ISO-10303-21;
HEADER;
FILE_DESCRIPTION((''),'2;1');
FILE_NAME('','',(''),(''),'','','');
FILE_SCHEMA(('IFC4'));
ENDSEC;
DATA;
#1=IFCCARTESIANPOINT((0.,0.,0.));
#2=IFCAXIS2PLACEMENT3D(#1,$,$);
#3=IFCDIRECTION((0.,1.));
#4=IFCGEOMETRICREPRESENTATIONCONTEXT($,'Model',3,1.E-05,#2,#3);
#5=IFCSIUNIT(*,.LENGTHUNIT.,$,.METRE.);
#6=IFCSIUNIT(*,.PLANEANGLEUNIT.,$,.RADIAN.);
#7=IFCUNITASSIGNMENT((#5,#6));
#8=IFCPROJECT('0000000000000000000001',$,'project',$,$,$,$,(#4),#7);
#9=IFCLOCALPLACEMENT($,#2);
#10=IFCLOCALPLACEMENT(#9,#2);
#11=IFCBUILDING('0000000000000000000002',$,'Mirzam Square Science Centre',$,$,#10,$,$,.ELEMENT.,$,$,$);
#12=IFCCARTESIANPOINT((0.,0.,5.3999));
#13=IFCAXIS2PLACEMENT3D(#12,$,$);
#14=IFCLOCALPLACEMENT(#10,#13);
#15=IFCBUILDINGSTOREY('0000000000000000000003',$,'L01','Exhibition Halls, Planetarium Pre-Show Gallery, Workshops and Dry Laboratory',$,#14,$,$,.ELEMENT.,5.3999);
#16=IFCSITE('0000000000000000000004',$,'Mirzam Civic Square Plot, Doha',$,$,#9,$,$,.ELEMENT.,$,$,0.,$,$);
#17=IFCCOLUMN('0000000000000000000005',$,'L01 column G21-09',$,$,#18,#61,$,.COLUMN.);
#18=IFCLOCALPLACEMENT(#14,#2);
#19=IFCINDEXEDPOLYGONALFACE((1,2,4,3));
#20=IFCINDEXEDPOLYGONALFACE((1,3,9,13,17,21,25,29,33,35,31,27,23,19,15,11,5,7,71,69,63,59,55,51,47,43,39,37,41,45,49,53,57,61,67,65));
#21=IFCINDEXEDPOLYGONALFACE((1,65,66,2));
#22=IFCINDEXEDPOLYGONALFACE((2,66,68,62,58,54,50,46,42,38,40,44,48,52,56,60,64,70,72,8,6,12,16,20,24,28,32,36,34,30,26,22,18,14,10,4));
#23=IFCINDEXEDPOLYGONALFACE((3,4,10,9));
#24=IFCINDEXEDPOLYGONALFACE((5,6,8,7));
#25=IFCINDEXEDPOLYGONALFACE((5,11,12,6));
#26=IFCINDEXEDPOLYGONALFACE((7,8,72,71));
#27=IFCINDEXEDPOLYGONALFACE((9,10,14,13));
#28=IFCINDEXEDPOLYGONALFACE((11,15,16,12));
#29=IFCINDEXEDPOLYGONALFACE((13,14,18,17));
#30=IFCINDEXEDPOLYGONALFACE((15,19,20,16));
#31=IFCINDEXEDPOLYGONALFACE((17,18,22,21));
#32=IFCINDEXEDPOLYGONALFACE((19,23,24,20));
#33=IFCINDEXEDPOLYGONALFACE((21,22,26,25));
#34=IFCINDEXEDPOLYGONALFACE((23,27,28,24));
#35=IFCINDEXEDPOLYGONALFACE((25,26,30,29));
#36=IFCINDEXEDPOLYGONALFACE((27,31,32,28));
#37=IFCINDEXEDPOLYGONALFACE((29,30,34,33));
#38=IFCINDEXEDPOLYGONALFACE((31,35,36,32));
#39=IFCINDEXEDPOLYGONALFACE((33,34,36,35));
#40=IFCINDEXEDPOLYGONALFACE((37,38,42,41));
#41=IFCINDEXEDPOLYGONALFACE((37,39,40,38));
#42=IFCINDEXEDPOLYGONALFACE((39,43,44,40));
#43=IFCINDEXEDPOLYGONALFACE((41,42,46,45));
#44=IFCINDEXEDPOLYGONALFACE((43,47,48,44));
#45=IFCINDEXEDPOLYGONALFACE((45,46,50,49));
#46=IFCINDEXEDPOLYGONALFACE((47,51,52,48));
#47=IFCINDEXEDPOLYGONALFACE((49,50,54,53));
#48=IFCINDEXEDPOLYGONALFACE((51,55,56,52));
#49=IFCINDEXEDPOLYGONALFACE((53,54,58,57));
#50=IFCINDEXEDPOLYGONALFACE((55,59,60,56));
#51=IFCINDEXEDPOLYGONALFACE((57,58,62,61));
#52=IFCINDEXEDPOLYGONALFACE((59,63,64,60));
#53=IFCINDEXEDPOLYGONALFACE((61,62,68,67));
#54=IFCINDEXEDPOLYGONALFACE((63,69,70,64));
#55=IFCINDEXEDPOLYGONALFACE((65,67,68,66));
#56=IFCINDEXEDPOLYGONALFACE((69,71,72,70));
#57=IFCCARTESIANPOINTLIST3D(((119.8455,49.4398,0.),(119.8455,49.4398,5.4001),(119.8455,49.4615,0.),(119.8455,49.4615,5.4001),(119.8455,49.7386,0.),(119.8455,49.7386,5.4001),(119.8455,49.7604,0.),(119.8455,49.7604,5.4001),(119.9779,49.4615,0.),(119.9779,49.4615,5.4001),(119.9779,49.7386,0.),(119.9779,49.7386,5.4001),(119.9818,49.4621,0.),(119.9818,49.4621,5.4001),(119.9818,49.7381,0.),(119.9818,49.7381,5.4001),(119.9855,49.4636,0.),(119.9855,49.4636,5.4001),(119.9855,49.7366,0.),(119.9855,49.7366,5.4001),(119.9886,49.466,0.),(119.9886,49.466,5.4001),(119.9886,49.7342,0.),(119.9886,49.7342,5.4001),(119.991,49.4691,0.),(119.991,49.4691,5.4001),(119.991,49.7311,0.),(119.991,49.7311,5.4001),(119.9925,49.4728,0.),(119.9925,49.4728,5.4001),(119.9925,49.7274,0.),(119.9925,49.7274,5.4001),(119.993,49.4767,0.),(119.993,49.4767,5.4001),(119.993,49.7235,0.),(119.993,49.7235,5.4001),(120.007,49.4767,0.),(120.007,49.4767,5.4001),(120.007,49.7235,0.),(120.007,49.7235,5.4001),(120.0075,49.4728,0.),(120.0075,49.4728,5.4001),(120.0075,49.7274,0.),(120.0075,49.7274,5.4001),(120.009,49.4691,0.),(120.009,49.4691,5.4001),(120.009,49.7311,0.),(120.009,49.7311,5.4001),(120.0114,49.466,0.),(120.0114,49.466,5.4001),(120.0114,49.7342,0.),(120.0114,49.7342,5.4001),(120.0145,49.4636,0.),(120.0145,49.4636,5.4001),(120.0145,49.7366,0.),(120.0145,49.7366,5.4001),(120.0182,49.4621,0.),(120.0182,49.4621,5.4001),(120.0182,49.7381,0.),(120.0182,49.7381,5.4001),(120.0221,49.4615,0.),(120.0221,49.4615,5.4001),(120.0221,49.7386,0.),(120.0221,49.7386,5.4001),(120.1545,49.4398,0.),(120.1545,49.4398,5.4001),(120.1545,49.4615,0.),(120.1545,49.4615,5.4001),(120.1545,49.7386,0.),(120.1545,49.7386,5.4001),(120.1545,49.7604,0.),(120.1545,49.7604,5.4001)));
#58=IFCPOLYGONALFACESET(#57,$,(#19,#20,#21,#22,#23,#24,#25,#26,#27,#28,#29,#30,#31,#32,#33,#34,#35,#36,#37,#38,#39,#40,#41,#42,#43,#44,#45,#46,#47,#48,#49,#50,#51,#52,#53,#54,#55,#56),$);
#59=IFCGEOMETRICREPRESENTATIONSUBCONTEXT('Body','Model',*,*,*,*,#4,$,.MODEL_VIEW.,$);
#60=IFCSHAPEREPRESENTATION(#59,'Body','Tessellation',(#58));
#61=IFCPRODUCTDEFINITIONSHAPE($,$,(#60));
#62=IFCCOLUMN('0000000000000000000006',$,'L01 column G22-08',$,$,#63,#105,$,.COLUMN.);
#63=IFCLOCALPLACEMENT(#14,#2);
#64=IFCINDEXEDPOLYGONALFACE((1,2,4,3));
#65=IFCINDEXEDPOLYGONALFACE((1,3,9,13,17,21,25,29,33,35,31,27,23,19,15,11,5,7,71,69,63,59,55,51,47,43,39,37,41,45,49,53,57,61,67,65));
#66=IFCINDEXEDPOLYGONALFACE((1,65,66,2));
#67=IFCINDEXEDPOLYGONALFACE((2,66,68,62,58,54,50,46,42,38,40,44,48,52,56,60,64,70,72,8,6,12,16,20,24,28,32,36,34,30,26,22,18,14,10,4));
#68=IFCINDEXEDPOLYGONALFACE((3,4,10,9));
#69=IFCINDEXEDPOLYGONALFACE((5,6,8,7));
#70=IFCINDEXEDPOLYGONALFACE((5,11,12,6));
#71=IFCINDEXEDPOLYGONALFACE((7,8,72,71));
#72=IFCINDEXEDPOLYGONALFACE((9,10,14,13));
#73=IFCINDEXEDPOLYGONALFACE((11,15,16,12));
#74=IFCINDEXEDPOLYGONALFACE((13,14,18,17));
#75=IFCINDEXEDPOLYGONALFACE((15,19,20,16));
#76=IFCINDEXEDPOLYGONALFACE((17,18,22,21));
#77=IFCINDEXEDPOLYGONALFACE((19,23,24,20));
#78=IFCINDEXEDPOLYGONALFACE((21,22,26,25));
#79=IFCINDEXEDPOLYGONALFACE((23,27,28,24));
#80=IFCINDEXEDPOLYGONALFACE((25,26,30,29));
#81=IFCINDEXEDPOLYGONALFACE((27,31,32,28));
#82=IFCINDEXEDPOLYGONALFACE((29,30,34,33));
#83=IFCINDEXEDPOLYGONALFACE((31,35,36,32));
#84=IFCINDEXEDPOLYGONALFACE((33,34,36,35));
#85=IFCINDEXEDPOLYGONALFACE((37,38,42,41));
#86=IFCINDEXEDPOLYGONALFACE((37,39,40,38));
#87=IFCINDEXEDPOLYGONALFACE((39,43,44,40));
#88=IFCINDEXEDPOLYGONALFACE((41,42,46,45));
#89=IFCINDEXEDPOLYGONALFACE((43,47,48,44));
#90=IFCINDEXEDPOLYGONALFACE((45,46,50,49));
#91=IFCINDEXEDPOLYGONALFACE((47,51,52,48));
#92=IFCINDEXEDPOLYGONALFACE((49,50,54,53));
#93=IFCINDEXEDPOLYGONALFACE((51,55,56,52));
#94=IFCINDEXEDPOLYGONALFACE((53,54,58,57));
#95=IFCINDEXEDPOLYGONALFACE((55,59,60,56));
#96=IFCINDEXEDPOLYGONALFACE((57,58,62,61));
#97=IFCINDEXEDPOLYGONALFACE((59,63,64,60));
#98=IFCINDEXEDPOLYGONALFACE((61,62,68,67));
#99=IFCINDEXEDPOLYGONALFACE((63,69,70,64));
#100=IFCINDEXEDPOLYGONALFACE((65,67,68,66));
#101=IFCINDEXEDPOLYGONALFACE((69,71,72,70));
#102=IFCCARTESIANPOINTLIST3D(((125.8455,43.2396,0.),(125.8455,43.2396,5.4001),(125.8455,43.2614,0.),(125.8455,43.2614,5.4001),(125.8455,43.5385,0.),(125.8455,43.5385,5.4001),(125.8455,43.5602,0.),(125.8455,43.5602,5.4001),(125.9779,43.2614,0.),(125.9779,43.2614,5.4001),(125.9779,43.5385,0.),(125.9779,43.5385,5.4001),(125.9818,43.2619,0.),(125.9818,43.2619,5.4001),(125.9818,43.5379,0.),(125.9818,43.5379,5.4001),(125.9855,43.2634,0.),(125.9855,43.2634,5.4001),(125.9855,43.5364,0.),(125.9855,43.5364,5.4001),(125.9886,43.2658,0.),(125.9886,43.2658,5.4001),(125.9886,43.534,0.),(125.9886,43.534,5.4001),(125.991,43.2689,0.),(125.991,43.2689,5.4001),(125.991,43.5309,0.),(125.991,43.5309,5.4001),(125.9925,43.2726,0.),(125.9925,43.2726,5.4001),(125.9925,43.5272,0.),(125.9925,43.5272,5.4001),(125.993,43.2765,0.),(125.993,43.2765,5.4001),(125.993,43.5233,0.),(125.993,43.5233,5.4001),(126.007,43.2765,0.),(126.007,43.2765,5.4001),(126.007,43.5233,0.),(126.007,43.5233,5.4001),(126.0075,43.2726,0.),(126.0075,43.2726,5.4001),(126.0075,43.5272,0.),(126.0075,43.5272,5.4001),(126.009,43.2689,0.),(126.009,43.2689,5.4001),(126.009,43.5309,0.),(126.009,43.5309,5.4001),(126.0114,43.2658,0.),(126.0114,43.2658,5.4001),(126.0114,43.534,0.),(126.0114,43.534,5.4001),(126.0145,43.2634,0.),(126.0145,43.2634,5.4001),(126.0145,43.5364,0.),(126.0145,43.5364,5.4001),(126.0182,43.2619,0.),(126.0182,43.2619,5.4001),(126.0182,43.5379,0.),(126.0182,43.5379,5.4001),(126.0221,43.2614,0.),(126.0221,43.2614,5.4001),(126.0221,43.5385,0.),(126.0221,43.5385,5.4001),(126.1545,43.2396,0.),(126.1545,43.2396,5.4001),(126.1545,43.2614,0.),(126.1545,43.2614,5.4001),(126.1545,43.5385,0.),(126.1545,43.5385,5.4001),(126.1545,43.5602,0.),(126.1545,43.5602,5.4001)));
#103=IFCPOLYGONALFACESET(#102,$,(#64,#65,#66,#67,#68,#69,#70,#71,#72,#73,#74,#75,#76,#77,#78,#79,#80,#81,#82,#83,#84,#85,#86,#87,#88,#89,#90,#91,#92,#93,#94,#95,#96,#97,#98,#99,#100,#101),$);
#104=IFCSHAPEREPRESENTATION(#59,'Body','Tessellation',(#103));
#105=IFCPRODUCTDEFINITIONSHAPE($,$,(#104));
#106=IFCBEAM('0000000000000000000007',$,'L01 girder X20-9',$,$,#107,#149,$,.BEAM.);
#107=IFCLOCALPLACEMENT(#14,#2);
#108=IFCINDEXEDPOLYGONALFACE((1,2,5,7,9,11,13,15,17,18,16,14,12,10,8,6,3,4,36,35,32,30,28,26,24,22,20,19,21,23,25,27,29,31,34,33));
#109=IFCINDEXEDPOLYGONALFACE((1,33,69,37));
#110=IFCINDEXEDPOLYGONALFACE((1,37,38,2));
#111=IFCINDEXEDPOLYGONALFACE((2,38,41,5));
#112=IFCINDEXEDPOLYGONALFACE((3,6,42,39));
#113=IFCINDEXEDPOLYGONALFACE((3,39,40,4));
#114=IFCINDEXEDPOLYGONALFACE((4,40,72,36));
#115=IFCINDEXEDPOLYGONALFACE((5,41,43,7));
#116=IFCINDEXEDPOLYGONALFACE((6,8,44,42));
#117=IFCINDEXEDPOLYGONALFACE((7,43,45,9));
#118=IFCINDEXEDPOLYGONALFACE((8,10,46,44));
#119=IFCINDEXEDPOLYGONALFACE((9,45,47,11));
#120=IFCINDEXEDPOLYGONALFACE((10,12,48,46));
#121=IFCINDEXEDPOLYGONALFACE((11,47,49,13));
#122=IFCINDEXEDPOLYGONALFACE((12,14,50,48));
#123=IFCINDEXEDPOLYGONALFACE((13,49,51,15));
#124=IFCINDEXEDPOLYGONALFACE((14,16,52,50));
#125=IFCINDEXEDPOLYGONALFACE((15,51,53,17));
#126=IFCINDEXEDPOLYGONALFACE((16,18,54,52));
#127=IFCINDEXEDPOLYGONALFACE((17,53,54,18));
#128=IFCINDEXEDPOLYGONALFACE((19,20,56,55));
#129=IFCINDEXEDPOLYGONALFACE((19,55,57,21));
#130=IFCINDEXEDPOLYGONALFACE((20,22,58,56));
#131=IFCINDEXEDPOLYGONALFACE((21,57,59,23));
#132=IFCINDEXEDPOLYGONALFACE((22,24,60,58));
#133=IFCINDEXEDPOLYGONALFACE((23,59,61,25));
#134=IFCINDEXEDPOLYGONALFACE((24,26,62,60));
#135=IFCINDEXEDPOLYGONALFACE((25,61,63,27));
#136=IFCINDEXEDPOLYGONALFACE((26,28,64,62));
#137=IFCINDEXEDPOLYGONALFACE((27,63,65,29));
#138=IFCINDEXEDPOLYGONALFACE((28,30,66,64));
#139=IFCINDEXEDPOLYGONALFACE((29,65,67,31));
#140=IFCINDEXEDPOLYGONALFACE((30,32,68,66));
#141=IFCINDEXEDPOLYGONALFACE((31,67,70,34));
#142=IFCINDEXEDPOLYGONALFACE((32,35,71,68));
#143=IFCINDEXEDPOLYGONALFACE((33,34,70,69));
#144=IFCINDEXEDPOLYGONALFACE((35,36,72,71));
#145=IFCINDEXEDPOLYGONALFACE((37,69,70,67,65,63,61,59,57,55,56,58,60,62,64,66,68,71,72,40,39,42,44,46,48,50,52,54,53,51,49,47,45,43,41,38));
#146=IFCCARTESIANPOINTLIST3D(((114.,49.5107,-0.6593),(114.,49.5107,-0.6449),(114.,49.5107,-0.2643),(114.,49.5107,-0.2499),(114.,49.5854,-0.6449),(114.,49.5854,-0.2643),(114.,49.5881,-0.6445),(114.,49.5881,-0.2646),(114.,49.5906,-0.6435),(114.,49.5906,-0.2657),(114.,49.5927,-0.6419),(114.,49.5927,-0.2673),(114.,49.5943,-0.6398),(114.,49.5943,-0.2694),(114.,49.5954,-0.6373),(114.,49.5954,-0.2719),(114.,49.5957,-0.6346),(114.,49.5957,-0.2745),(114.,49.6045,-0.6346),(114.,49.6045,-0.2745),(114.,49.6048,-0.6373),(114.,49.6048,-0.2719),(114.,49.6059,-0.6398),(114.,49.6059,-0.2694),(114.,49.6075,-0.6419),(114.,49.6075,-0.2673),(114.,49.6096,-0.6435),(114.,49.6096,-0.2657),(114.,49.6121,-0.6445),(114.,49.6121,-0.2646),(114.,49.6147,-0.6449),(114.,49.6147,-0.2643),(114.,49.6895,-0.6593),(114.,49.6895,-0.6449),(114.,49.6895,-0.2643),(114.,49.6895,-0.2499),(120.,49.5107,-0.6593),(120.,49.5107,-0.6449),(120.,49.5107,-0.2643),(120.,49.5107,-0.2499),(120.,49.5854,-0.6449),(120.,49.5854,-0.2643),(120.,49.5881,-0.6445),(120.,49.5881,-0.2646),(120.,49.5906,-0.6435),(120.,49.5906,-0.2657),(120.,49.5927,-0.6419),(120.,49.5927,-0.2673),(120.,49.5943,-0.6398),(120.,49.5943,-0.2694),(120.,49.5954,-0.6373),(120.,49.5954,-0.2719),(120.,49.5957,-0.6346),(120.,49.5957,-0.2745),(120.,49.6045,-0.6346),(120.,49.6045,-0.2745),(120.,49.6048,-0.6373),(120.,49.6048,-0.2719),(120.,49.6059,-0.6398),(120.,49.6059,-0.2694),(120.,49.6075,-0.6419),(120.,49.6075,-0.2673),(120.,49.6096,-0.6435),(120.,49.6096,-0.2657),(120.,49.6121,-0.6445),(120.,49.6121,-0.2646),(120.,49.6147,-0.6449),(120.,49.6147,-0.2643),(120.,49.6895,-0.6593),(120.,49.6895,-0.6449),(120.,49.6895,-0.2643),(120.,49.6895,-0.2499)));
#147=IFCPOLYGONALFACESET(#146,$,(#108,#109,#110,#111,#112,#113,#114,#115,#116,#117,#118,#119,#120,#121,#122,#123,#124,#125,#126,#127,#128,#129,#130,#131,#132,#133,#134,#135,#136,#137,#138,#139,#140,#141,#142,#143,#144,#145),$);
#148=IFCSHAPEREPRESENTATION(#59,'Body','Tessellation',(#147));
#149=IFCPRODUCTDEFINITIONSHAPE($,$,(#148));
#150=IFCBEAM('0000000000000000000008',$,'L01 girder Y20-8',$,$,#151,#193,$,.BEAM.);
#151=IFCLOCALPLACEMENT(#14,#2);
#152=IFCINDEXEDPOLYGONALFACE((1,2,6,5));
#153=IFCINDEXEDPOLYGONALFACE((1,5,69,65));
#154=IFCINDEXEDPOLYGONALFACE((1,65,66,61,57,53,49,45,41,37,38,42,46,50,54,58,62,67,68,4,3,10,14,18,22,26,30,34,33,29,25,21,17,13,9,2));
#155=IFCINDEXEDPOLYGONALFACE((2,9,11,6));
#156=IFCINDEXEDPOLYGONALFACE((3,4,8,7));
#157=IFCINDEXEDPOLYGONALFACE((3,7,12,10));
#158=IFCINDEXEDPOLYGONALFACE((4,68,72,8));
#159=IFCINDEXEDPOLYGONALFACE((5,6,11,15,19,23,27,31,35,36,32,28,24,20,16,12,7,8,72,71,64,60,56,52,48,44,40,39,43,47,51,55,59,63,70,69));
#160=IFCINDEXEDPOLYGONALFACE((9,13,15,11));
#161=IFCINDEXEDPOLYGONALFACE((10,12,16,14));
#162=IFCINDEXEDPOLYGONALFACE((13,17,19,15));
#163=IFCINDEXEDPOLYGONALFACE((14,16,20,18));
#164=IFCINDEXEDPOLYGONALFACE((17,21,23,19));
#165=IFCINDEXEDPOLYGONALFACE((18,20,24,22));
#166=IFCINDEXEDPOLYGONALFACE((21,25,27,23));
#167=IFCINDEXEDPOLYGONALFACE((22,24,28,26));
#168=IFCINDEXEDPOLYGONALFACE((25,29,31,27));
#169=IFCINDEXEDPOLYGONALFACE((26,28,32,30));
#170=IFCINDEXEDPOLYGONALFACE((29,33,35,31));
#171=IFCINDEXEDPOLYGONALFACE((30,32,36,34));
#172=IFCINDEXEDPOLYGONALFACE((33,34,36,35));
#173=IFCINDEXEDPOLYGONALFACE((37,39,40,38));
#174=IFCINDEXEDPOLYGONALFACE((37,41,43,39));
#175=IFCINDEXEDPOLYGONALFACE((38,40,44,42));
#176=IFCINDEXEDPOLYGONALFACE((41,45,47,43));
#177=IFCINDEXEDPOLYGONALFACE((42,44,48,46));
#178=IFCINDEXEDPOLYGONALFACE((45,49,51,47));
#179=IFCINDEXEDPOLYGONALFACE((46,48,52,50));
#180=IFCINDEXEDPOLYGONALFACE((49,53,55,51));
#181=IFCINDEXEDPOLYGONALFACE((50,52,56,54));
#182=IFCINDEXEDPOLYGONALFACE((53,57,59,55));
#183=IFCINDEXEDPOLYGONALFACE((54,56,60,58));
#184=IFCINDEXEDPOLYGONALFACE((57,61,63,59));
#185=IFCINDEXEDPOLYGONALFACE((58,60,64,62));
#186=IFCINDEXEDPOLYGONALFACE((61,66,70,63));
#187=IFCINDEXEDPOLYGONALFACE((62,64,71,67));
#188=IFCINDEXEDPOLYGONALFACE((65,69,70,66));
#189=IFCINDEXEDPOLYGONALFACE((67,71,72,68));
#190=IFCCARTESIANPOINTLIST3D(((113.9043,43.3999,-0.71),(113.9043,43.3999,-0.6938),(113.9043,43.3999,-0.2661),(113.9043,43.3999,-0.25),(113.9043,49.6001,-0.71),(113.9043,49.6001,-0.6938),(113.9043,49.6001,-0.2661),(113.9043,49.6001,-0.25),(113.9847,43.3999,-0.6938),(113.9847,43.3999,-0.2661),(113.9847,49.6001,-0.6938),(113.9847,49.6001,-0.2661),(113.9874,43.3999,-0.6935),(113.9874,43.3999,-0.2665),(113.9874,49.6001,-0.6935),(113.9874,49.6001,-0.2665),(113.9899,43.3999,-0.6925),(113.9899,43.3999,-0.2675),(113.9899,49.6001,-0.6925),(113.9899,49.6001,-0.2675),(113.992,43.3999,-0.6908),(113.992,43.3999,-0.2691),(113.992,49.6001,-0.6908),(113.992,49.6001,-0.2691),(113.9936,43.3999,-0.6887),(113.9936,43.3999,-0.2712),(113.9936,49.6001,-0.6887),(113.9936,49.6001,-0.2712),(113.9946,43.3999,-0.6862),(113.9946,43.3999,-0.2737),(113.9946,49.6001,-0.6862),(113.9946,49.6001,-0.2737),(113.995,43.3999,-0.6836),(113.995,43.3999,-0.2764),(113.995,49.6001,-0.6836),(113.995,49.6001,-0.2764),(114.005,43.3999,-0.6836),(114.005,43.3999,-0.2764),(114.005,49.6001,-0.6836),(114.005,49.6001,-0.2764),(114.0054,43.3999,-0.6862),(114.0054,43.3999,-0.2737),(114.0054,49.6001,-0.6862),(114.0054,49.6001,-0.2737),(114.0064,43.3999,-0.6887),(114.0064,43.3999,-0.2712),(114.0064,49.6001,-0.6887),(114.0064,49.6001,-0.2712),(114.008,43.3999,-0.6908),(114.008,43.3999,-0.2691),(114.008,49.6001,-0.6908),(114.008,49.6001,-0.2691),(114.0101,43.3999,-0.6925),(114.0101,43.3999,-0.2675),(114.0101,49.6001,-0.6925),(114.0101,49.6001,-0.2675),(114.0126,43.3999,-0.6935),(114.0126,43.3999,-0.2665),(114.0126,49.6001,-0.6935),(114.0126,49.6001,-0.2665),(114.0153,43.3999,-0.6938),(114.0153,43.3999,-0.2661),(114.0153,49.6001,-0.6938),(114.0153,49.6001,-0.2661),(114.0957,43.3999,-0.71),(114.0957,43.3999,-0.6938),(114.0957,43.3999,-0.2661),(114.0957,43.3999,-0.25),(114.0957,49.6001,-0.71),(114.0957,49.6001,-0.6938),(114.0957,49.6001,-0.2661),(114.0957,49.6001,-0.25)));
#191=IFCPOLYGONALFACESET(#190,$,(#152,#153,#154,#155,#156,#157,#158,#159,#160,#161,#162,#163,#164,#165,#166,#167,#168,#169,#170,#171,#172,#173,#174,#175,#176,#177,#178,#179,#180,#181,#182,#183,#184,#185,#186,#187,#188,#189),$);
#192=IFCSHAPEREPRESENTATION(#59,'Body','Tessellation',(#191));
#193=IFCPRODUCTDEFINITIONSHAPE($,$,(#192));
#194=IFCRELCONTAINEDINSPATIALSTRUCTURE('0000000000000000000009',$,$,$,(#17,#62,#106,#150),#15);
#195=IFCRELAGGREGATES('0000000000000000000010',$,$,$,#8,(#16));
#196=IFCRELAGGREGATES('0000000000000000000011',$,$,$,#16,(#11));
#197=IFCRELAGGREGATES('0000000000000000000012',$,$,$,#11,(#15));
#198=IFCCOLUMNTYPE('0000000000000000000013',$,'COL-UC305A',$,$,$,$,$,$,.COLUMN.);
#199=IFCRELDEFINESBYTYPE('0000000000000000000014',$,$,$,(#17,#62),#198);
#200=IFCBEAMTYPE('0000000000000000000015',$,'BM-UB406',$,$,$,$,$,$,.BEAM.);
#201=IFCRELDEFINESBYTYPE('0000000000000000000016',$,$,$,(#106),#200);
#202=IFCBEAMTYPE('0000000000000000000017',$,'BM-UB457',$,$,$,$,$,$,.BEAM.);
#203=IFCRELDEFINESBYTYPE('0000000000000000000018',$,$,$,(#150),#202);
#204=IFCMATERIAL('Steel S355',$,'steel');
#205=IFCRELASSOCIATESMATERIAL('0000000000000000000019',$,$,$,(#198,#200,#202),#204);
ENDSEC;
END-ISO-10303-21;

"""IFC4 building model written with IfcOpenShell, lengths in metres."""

from ifc_helpers import new_model, si_unit, direction, frame, origin, origin_2d, place, context, subcontext, project, spatial, i_section, extrude, material, material_profile, profile_set, type_object, element, save


model = new_model("IFC4")

# Units and contexts
model_context = context("Model", 3, precision=1e-05, world=origin(), true_north=direction((0.0, 1.0)))
body_context = subcontext(model_context, "Body", "Model", "MODEL_VIEW")
ifc_project = project(units=[si_unit("LENGTHUNIT", "METRE"), si_unit("PLANEANGLEUNIT", "RADIAN")], contexts=[model_context])

# Site, building, storey
site_placement = place(None, origin())
site = spatial("IfcSite", under=ifc_project, at=site_placement, Name="Mirzam Civic Square Plot, Doha", CompositionType="ELEMENT", RefElevation=0.0)
building_placement = place(site_placement, origin())
building = spatial("IfcBuilding", under=site, at=building_placement, Name="Mirzam Square Science Centre", CompositionType="ELEMENT")
storey_placement = place(building_placement, frame((0.0, 0.0, 5.3999)))
storey = spatial("IfcBuildingStorey", under=building, at=storey_placement, Name="L01", Description="Exhibition Halls, Planetarium Pre-Show Gallery, Workshops and Dry Laboratory", CompositionType="ELEMENT", Elevation=5.3999)

# Columns
ifc_material_1 = material(Name="Steel S355", Category="steel")
ifc_material_profile_1 = material_profile(ifc_material_1, i_section(OverallWidth=0.3091, OverallDepth=0.3206, WebThickness=0.0139, FlangeThickness=0.0217, FilletRadius=0.0151, at=origin_2d()), Name="305x305x137UC")
ifc_profile_set_1 = profile_set([ifc_material_profile_1], Name="Steel S355")
column_type_1 = type_object("IfcColumnType", Name="COL-UC305A", PredefinedType="COLUMN", material=ifc_profile_set_1)
for number, where, z_axis, x_axis, name in (
    (1, (120.0, 49.6001, 0.0), (0.0, 0.0, 1.0), (1.0, 0.0, 0.0), "L01 column G21-09"),
    (2, (126.0, 43.3999, 0.0), (0.0, 0.0, 1.0), (1.0, 0.0, 0.0), "L01 column G22-08"),
):
    element("IfcColumn", number, at=place(storey_placement, frame(where, z_axis=z_axis, x_axis=x_axis)), inside=storey, type_object=column_type_1, Name=name, PredefinedType="COLUMN", context=body_context, shape_type="SweptSolid", body=[
        extrude(i_section(OverallWidth=0.3091, OverallDepth=0.3206, WebThickness=0.0139, FlangeThickness=0.0217, FilletRadius=0.0151, at=origin_2d()), origin(), (0.0, 0.0, 1.0), 5.4001),
    ])

# Beams
ifc_material_profile_2 = material_profile(ifc_material_1, i_section(OverallWidth=0.1787, OverallDepth=0.4094, WebThickness=0.0088, FlangeThickness=0.0144, FilletRadius=0.0103, at=origin_2d()), Name="406x178x67UB")
ifc_profile_set_2 = profile_set([ifc_material_profile_2], Name="Steel S355")
beam_type_1 = type_object("IfcBeamType", Name="BM-UB406", PredefinedType="BEAM", material=ifc_profile_set_2)
beam_1_placement = place(storey_placement, frame((114.0, 49.6001, -0.4546), z_axis=(1.0, 0.0, 0.0), x_axis=(0.0, 1.0, 0.0)))
element("IfcBeam", 3, at=beam_1_placement, inside=storey, type_object=beam_type_1, Name="L01 girder X20-9", PredefinedType="BEAM", context=body_context, shape_type="SweptSolid", body=[
    extrude(i_section(OverallWidth=0.1787, OverallDepth=0.4094, WebThickness=0.0088, FlangeThickness=0.0144, FilletRadius=0.0103, at=origin_2d()), origin(), (0.0, 0.0, 1.0), 6.0),
])
ifc_material_profile_3 = material_profile(ifc_material_1, i_section(OverallWidth=0.1914, OverallDepth=0.46, WebThickness=0.01, FlangeThickness=0.0161, FilletRadius=0.0103, at=origin_2d()), Name="457x191x82UB")
ifc_profile_set_3 = profile_set([ifc_material_profile_3], Name="Steel S355")
beam_type_2 = type_object("IfcBeamType", Name="BM-UB457", PredefinedType="BEAM", material=ifc_profile_set_3)
beam_2_placement = place(storey_placement, frame((114.0, 43.3999, -0.48), z_axis=(0.0, 1.0, 0.0), x_axis=(-1.0, 0.0, 0.0)))
element("IfcBeam", 4, at=beam_2_placement, inside=storey, type_object=beam_type_2, Name="L01 girder Y20-8", PredefinedType="BEAM", context=body_context, shape_type="SweptSolid", body=[
    extrude(i_section(OverallWidth=0.1914, OverallDepth=0.46, WebThickness=0.01, FlangeThickness=0.0161, FilletRadius=0.0103, at=origin_2d()), origin(), (0.0, 0.0, 1.0), 6.2002),
])

save(model, "model.ifc")
